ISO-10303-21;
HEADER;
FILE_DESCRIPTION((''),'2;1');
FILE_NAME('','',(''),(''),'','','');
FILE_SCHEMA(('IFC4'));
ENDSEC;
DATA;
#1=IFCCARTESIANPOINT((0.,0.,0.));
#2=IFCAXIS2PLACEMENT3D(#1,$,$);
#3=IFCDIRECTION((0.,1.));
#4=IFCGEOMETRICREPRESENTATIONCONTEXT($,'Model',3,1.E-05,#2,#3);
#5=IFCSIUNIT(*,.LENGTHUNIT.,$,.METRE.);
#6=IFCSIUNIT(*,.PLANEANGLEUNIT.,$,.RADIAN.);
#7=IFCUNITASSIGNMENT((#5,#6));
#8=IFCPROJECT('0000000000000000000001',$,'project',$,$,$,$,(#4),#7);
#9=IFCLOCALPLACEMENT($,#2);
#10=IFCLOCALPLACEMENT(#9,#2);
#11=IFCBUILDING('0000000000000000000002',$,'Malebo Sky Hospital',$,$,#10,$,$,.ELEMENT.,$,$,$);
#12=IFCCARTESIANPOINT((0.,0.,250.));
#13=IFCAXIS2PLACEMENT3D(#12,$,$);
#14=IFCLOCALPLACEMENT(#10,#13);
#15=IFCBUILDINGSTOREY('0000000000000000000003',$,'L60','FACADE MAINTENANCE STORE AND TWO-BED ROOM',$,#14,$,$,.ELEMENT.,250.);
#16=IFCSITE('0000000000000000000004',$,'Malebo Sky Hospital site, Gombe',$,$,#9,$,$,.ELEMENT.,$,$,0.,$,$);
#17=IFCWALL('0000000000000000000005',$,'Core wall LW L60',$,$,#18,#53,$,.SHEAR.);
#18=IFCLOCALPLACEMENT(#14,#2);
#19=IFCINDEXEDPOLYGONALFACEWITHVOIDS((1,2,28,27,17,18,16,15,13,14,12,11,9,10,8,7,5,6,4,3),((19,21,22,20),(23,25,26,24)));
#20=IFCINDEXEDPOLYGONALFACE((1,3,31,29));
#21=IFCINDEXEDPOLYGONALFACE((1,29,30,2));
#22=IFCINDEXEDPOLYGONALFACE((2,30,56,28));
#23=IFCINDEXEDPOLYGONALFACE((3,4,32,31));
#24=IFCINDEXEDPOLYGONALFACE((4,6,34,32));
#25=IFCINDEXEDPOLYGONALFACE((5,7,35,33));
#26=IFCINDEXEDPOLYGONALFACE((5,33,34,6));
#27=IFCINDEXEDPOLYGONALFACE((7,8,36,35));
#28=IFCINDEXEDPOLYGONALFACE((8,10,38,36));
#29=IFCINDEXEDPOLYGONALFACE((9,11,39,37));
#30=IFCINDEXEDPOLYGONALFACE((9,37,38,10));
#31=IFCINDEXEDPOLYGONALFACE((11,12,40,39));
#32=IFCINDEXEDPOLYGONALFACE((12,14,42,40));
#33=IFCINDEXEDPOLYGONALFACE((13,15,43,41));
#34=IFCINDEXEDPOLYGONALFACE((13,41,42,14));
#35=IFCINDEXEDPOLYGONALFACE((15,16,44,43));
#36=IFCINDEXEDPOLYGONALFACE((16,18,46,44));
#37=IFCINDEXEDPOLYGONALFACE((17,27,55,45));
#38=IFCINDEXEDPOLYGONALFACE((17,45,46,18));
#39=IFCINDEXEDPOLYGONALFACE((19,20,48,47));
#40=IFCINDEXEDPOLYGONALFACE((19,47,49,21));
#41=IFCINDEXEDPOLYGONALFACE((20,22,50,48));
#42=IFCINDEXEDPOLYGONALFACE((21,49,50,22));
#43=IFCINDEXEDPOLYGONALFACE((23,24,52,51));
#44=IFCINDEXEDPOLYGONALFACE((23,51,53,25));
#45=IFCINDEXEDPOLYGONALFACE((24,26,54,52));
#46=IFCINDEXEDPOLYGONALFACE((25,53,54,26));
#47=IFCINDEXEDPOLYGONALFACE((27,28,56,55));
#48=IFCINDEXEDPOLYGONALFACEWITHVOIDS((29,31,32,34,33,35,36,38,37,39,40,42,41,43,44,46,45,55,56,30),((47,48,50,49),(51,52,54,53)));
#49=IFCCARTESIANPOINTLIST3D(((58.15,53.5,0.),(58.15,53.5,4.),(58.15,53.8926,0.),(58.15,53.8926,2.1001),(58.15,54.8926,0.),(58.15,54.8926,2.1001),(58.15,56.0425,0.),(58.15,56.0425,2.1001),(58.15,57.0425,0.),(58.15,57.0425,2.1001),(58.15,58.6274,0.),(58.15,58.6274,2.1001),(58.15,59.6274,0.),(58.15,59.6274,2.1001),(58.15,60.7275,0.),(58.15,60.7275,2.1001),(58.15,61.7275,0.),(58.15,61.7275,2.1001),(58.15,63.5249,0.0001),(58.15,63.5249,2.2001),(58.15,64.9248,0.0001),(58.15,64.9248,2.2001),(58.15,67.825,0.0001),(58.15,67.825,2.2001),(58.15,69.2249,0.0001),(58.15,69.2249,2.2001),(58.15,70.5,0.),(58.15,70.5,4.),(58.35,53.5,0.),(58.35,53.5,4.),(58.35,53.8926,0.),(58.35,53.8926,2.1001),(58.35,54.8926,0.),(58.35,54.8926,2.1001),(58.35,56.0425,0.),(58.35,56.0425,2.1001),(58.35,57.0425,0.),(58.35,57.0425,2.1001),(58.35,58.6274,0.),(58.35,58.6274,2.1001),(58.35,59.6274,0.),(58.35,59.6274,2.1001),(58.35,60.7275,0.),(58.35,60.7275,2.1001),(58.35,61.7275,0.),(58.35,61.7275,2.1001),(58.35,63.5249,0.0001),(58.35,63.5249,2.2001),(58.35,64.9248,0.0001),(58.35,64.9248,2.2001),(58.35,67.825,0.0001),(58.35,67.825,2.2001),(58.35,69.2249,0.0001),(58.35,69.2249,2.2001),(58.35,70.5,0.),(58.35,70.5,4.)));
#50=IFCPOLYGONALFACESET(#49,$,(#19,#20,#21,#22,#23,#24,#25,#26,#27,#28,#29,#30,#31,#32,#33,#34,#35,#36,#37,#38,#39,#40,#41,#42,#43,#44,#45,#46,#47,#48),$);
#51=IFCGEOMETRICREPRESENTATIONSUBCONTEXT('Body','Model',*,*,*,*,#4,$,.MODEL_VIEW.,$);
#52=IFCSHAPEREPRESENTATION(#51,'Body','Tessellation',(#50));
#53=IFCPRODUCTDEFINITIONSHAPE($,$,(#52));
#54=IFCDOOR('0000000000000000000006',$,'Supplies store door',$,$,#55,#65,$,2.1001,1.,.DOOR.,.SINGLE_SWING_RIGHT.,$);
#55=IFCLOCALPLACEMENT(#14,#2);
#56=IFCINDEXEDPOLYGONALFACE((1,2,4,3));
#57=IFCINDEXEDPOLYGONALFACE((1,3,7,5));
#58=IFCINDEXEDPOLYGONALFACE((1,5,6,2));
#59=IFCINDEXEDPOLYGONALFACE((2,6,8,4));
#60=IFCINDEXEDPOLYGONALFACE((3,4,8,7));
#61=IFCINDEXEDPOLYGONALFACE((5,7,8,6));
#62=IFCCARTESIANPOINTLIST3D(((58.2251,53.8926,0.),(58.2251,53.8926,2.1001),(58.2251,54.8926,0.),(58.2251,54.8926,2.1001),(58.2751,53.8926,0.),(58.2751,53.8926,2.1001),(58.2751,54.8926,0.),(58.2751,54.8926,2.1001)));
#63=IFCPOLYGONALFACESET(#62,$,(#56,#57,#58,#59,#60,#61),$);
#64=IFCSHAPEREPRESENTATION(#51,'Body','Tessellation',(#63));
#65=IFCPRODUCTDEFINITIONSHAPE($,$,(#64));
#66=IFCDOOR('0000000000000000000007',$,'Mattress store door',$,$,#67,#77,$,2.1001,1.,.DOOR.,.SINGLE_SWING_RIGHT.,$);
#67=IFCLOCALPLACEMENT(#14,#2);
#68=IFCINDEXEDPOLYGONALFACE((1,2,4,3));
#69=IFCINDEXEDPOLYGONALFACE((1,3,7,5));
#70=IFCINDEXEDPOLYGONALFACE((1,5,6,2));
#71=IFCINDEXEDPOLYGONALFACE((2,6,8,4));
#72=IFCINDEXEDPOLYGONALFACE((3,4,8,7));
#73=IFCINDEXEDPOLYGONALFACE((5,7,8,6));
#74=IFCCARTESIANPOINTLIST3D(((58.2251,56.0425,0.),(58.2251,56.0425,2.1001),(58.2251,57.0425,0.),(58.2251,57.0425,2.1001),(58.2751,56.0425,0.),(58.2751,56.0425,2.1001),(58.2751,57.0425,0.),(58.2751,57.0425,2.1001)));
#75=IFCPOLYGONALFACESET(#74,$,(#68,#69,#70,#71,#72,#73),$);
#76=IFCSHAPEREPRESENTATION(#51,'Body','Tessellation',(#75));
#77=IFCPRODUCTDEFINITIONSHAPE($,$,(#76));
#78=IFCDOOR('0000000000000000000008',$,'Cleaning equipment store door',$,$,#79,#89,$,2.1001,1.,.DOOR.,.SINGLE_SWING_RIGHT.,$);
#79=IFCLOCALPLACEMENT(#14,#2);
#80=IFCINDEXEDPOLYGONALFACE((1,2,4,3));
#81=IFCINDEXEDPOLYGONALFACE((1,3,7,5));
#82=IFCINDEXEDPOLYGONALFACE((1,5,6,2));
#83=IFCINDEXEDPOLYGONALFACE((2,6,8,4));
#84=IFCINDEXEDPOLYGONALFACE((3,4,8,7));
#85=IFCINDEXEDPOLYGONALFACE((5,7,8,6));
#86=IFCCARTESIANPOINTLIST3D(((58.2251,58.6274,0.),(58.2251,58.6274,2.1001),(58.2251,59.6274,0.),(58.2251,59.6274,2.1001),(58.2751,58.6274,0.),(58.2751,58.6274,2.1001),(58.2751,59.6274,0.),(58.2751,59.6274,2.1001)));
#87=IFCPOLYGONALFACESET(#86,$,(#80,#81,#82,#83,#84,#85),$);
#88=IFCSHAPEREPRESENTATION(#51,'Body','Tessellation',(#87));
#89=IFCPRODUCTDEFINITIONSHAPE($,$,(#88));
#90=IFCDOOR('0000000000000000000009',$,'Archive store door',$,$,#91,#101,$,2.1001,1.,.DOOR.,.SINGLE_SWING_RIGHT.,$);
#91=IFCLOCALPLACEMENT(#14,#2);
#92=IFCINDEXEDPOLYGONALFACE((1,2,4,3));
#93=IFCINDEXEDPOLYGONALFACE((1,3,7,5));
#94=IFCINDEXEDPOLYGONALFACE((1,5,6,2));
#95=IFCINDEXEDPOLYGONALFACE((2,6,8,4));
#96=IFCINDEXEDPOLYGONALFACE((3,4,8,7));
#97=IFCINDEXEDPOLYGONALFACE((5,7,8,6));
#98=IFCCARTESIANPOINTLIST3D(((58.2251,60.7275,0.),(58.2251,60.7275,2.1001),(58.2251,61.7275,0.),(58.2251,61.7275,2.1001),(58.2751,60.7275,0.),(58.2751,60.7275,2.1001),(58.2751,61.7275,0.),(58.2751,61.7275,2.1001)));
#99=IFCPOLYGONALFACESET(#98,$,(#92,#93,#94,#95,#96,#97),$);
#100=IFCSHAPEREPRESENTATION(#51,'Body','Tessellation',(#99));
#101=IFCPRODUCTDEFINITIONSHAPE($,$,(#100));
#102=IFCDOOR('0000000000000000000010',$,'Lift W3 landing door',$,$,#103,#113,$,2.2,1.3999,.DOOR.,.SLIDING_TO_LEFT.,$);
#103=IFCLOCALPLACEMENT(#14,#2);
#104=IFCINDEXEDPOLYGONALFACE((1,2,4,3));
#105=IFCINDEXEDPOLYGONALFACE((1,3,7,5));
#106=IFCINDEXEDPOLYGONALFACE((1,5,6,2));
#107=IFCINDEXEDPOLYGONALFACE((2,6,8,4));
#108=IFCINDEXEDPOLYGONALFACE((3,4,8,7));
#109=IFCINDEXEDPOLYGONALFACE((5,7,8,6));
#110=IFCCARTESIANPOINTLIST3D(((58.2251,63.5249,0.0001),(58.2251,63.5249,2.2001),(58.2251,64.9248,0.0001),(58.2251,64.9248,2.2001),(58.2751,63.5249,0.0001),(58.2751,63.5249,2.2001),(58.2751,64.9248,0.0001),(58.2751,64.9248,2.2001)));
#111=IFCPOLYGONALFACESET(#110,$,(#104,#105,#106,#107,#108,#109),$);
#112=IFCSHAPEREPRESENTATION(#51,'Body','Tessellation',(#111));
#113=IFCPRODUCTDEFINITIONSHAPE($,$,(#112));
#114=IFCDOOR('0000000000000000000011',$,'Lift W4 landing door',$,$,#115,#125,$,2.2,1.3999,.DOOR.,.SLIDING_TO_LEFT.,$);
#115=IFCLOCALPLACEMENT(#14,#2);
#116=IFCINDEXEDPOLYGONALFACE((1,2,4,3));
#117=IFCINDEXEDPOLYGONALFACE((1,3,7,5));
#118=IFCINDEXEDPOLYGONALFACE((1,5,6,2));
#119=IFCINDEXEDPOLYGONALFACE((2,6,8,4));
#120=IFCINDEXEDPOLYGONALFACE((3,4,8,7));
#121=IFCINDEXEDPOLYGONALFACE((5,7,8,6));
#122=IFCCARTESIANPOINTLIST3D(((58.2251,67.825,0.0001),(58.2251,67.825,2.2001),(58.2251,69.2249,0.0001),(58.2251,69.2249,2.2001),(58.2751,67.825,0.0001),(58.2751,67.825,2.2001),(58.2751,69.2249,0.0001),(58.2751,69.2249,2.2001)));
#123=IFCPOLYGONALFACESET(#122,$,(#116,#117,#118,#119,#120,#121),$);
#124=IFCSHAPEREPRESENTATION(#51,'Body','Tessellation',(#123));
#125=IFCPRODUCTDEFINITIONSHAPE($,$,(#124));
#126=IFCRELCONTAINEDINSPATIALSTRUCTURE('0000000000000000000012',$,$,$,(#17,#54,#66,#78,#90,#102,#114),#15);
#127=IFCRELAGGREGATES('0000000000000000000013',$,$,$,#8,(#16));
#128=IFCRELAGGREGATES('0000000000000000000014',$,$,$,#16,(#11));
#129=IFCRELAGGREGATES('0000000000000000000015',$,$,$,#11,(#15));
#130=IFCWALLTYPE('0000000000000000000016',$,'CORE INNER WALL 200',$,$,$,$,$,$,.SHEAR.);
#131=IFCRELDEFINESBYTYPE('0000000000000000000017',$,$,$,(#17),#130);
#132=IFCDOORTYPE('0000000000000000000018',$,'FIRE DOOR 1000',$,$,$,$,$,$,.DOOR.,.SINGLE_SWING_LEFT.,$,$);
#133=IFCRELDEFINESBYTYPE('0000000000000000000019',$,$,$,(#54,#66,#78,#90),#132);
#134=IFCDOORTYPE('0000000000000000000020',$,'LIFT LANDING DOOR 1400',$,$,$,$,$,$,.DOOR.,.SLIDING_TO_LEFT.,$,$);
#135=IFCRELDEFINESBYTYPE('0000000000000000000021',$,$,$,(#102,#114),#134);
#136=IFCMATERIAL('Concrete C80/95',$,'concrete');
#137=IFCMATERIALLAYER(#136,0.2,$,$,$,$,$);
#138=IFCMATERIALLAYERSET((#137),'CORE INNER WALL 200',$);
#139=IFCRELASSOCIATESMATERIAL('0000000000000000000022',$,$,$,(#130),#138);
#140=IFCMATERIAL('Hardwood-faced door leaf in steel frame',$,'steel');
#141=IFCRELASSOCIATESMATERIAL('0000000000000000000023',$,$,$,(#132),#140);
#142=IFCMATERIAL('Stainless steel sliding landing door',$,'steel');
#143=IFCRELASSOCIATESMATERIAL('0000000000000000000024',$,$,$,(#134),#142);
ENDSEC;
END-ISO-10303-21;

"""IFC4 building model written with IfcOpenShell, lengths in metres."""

from ifc_helpers import new_model, si_unit, direction, frame, frame_2d, origin, place, context, subcontext, project, spatial, rectangle, extrude, material, layer, layer_set, type_object, element, fill, save


model = new_model("IFC4")

# Units and contexts
model_context = context("Model", 3, precision=1e-05, world=origin(), true_north=direction((0.0, 1.0)))
body_context = subcontext(model_context, "Body", "Model", "MODEL_VIEW")
ifc_project = project(units=[si_unit("LENGTHUNIT", "METRE"), si_unit("PLANEANGLEUNIT", "RADIAN")], contexts=[model_context])

# Site, building, storey
site_placement = place(None, origin())
site = spatial("IfcSite", under=ifc_project, at=site_placement, Name="Malebo Sky Hospital site, Gombe", CompositionType="ELEMENT", RefElevation=0.0)
building_placement = place(site_placement, origin())
building = spatial("IfcBuilding", under=site, at=building_placement, Name="Malebo Sky Hospital", CompositionType="ELEMENT")
storey_placement = place(building_placement, frame((0.0, 0.0, 250.0)))
storey = spatial("IfcBuildingStorey", under=building, at=storey_placement, Name="L60", Description="FACADE MAINTENANCE STORE AND TWO-BED ROOM", CompositionType="ELEMENT", Elevation=250.0)

# Wall, openings, doors
ifc_material_1 = material(Name="Concrete C80/95", Category="concrete")
ifc_layer_1 = layer(ifc_material_1, 0.2)
ifc_layer_set_1 = layer_set([ifc_layer_1], Name="CORE INNER WALL 200")
wall_type_1 = type_object("IfcWallType", Name="CORE INNER WALL 200", PredefinedType="SHEAR", material=ifc_layer_set_1)
wall_1_placement = place(storey_placement, frame((58.25, 53.5, 0.0), z_axis=(0.0, 0.0, 1.0), x_axis=(0.0, 1.0, 0.0)))
wall_1 = element("IfcWall", 1, at=wall_1_placement, inside=storey, type_object=wall_type_1, Name="Core wall LW L60", PredefinedType="SHEAR", context=body_context, shape_type="SweptSolid", body=[
    extrude(rectangle(XDim=17.0, YDim=0.2, at=frame_2d((8.5, 0.0))), origin(), (0.0, 0.0, 1.0), 4.0),
])
opening_1_placement = place(wall_1_placement, frame((0.3926, 0.0, 0.0)))
opening_1 = element("IfcOpeningElement", 2, at=opening_1_placement, cuts=wall_1, PredefinedType="OPENING", context=body_context, shape_type="SweptSolid", body=[
    extrude(rectangle(XDim=1.0, YDim=2.1001, at=frame_2d((0.5, 1.05))), frame((0.0, 0.1099, 0.0), z_axis=(0.0, -1.0, 0.0), x_axis=(1.0, 0.0, 0.0)), (0.0, 0.0, 1.0), 0.22),
])
opening_2_placement = place(wall_1_placement, frame((2.5425, 0.0, 0.0)))
opening_2 = element("IfcOpeningElement", 3, at=opening_2_placement, cuts=wall_1, PredefinedType="OPENING", context=body_context, shape_type="SweptSolid", body=[
    extrude(rectangle(XDim=1.0, YDim=2.1001, at=frame_2d((0.5, 1.05))), frame((0.0, 0.1099, 0.0), z_axis=(0.0, -1.0, 0.0), x_axis=(1.0, 0.0, 0.0)), (0.0, 0.0, 1.0), 0.22),
])
opening_3_placement = place(wall_1_placement, frame((5.1274, 0.0, 0.0)))
opening_3 = element("IfcOpeningElement", 4, at=opening_3_placement, cuts=wall_1, PredefinedType="OPENING", context=body_context, shape_type="SweptSolid", body=[
    extrude(rectangle(XDim=1.0, YDim=2.1001, at=frame_2d((0.5, 1.05))), frame((0.0, 0.1099, 0.0), z_axis=(0.0, -1.0, 0.0), x_axis=(1.0, 0.0, 0.0)), (0.0, 0.0, 1.0), 0.22),
])
opening_4_placement = place(wall_1_placement, frame((7.2275, 0.0, 0.0)))
opening_4 = element("IfcOpeningElement", 5, at=opening_4_placement, cuts=wall_1, PredefinedType="OPENING", context=body_context, shape_type="SweptSolid", body=[
    extrude(rectangle(XDim=1.0, YDim=2.1001, at=frame_2d((0.5, 1.05))), frame((0.0, 0.1099, 0.0), z_axis=(0.0, -1.0, 0.0), x_axis=(1.0, 0.0, 0.0)), (0.0, 0.0, 1.0), 0.22),
])
opening_5_placement = place(wall_1_placement, frame((10.0249, 0.0, 0.0)))
opening_5 = element("IfcOpeningElement", 6, at=opening_5_placement, cuts=wall_1, PredefinedType="OPENING", context=body_context, shape_type="SweptSolid", body=[
    extrude(rectangle(XDim=1.3999, YDim=2.2, at=frame_2d((0.7, 1.1001))), frame((0.0, 0.1099, 0.0), z_axis=(0.0, -1.0, 0.0), x_axis=(1.0, 0.0, 0.0)), (0.0, 0.0, 1.0), 0.22),
])
opening_6_placement = place(wall_1_placement, frame((14.325, 0.0, 0.0)))
opening_6 = element("IfcOpeningElement", 7, at=opening_6_placement, cuts=wall_1, PredefinedType="OPENING", context=body_context, shape_type="SweptSolid", body=[
    extrude(rectangle(XDim=1.3999, YDim=2.2, at=frame_2d((0.7, 1.1001))), frame((0.0, 0.1099, 0.0), z_axis=(0.0, -1.0, 0.0), x_axis=(1.0, 0.0, 0.0)), (0.0, 0.0, 1.0), 0.22),
])
ifc_material_2 = material(Name="Hardwood-faced door leaf in steel frame", Category="steel")
door_type_1 = type_object("IfcDoorType", Name="FIRE DOOR 1000", OperationType="SINGLE_SWING_LEFT", PredefinedType="DOOR", material=ifc_material_2)
door_1_placement = place(opening_1_placement, origin())
door_1 = element("IfcDoor", 8, at=door_1_placement, inside=storey, type_object=door_type_1, Name="Supplies store door", OperationType="SINGLE_SWING_RIGHT", OverallHeight=2.1001, OverallWidth=1.0, PredefinedType="DOOR", context=body_context, shape_type="SweptSolid", body=[
    extrude(rectangle(XDim=1.0, YDim=2.1001, at=frame_2d((0.5, 1.05))), frame((0.0, 0.0249, 0.0), z_axis=(0.0, -1.0, 0.0), x_axis=(1.0, 0.0, 0.0)), (0.0, 0.0, 1.0), 0.05),
])
fill(opening_1, door_1)
door_2_placement = place(opening_2_placement, origin())
door_2 = element("IfcDoor", 9, at=door_2_placement, inside=storey, type_object=door_type_1, Name="Mattress store door", OperationType="SINGLE_SWING_RIGHT", OverallHeight=2.1001, OverallWidth=1.0, PredefinedType="DOOR", context=body_context, shape_type="SweptSolid", body=[
    extrude(rectangle(XDim=1.0, YDim=2.1001, at=frame_2d((0.5, 1.05))), frame((0.0, 0.0249, 0.0), z_axis=(0.0, -1.0, 0.0), x_axis=(1.0, 0.0, 0.0)), (0.0, 0.0, 1.0), 0.05),
])
fill(opening_2, door_2)
door_3_placement = place(opening_3_placement, origin())
door_3 = element("IfcDoor", 10, at=door_3_placement, inside=storey, type_object=door_type_1, Name="Cleaning equipment store door", OperationType="SINGLE_SWING_RIGHT", OverallHeight=2.1001, OverallWidth=1.0, PredefinedType="DOOR", context=body_context, shape_type="SweptSolid", body=[
    extrude(rectangle(XDim=1.0, YDim=2.1001, at=frame_2d((0.5, 1.05))), frame((0.0, 0.0249, 0.0), z_axis=(0.0, -1.0, 0.0), x_axis=(1.0, 0.0, 0.0)), (0.0, 0.0, 1.0), 0.05),
])
fill(opening_3, door_3)
door_4_placement = place(opening_4_placement, origin())
door_4 = element("IfcDoor", 11, at=door_4_placement, inside=storey, type_object=door_type_1, Name="Archive store door", OperationType="SINGLE_SWING_RIGHT", OverallHeight=2.1001, OverallWidth=1.0, PredefinedType="DOOR", context=body_context, shape_type="SweptSolid", body=[
    extrude(rectangle(XDim=1.0, YDim=2.1001, at=frame_2d((0.5, 1.05))), frame((0.0, 0.0249, 0.0), z_axis=(0.0, -1.0, 0.0), x_axis=(1.0, 0.0, 0.0)), (0.0, 0.0, 1.0), 0.05),
])
fill(opening_4, door_4)
ifc_material_3 = material(Name="Stainless steel sliding landing door", Category="steel")
door_type_2 = type_object("IfcDoorType", Name="LIFT LANDING DOOR 1400", OperationType="SLIDING_TO_LEFT", PredefinedType="DOOR", material=ifc_material_3)
door_5_placement = place(opening_5_placement, origin())
door_5 = element("IfcDoor", 12, at=door_5_placement, inside=storey, type_object=door_type_2, Name="Lift W3 landing door", OperationType="SLIDING_TO_LEFT", OverallHeight=2.2, OverallWidth=1.3999, PredefinedType="DOOR", context=body_context, shape_type="SweptSolid", body=[
    extrude(rectangle(XDim=1.3999, YDim=2.2, at=frame_2d((0.7, 1.1001))), frame((0.0, 0.0249, 0.0), z_axis=(0.0, -1.0, 0.0), x_axis=(1.0, 0.0, 0.0)), (0.0, 0.0, 1.0), 0.05),
])
fill(opening_5, door_5)
door_6_placement = place(opening_6_placement, origin())
door_6 = element("IfcDoor", 13, at=door_6_placement, inside=storey, type_object=door_type_2, Name="Lift W4 landing door", OperationType="SLIDING_TO_LEFT", OverallHeight=2.2, OverallWidth=1.3999, PredefinedType="DOOR", context=body_context, shape_type="SweptSolid", body=[
    extrude(rectangle(XDim=1.3999, YDim=2.2, at=frame_2d((0.7, 1.1001))), frame((0.0, 0.0249, 0.0), z_axis=(0.0, -1.0, 0.0), x_axis=(1.0, 0.0, 0.0)), (0.0, 0.0, 1.0), 0.05),
])
fill(opening_6, door_6)

save(model, "model.ifc")
